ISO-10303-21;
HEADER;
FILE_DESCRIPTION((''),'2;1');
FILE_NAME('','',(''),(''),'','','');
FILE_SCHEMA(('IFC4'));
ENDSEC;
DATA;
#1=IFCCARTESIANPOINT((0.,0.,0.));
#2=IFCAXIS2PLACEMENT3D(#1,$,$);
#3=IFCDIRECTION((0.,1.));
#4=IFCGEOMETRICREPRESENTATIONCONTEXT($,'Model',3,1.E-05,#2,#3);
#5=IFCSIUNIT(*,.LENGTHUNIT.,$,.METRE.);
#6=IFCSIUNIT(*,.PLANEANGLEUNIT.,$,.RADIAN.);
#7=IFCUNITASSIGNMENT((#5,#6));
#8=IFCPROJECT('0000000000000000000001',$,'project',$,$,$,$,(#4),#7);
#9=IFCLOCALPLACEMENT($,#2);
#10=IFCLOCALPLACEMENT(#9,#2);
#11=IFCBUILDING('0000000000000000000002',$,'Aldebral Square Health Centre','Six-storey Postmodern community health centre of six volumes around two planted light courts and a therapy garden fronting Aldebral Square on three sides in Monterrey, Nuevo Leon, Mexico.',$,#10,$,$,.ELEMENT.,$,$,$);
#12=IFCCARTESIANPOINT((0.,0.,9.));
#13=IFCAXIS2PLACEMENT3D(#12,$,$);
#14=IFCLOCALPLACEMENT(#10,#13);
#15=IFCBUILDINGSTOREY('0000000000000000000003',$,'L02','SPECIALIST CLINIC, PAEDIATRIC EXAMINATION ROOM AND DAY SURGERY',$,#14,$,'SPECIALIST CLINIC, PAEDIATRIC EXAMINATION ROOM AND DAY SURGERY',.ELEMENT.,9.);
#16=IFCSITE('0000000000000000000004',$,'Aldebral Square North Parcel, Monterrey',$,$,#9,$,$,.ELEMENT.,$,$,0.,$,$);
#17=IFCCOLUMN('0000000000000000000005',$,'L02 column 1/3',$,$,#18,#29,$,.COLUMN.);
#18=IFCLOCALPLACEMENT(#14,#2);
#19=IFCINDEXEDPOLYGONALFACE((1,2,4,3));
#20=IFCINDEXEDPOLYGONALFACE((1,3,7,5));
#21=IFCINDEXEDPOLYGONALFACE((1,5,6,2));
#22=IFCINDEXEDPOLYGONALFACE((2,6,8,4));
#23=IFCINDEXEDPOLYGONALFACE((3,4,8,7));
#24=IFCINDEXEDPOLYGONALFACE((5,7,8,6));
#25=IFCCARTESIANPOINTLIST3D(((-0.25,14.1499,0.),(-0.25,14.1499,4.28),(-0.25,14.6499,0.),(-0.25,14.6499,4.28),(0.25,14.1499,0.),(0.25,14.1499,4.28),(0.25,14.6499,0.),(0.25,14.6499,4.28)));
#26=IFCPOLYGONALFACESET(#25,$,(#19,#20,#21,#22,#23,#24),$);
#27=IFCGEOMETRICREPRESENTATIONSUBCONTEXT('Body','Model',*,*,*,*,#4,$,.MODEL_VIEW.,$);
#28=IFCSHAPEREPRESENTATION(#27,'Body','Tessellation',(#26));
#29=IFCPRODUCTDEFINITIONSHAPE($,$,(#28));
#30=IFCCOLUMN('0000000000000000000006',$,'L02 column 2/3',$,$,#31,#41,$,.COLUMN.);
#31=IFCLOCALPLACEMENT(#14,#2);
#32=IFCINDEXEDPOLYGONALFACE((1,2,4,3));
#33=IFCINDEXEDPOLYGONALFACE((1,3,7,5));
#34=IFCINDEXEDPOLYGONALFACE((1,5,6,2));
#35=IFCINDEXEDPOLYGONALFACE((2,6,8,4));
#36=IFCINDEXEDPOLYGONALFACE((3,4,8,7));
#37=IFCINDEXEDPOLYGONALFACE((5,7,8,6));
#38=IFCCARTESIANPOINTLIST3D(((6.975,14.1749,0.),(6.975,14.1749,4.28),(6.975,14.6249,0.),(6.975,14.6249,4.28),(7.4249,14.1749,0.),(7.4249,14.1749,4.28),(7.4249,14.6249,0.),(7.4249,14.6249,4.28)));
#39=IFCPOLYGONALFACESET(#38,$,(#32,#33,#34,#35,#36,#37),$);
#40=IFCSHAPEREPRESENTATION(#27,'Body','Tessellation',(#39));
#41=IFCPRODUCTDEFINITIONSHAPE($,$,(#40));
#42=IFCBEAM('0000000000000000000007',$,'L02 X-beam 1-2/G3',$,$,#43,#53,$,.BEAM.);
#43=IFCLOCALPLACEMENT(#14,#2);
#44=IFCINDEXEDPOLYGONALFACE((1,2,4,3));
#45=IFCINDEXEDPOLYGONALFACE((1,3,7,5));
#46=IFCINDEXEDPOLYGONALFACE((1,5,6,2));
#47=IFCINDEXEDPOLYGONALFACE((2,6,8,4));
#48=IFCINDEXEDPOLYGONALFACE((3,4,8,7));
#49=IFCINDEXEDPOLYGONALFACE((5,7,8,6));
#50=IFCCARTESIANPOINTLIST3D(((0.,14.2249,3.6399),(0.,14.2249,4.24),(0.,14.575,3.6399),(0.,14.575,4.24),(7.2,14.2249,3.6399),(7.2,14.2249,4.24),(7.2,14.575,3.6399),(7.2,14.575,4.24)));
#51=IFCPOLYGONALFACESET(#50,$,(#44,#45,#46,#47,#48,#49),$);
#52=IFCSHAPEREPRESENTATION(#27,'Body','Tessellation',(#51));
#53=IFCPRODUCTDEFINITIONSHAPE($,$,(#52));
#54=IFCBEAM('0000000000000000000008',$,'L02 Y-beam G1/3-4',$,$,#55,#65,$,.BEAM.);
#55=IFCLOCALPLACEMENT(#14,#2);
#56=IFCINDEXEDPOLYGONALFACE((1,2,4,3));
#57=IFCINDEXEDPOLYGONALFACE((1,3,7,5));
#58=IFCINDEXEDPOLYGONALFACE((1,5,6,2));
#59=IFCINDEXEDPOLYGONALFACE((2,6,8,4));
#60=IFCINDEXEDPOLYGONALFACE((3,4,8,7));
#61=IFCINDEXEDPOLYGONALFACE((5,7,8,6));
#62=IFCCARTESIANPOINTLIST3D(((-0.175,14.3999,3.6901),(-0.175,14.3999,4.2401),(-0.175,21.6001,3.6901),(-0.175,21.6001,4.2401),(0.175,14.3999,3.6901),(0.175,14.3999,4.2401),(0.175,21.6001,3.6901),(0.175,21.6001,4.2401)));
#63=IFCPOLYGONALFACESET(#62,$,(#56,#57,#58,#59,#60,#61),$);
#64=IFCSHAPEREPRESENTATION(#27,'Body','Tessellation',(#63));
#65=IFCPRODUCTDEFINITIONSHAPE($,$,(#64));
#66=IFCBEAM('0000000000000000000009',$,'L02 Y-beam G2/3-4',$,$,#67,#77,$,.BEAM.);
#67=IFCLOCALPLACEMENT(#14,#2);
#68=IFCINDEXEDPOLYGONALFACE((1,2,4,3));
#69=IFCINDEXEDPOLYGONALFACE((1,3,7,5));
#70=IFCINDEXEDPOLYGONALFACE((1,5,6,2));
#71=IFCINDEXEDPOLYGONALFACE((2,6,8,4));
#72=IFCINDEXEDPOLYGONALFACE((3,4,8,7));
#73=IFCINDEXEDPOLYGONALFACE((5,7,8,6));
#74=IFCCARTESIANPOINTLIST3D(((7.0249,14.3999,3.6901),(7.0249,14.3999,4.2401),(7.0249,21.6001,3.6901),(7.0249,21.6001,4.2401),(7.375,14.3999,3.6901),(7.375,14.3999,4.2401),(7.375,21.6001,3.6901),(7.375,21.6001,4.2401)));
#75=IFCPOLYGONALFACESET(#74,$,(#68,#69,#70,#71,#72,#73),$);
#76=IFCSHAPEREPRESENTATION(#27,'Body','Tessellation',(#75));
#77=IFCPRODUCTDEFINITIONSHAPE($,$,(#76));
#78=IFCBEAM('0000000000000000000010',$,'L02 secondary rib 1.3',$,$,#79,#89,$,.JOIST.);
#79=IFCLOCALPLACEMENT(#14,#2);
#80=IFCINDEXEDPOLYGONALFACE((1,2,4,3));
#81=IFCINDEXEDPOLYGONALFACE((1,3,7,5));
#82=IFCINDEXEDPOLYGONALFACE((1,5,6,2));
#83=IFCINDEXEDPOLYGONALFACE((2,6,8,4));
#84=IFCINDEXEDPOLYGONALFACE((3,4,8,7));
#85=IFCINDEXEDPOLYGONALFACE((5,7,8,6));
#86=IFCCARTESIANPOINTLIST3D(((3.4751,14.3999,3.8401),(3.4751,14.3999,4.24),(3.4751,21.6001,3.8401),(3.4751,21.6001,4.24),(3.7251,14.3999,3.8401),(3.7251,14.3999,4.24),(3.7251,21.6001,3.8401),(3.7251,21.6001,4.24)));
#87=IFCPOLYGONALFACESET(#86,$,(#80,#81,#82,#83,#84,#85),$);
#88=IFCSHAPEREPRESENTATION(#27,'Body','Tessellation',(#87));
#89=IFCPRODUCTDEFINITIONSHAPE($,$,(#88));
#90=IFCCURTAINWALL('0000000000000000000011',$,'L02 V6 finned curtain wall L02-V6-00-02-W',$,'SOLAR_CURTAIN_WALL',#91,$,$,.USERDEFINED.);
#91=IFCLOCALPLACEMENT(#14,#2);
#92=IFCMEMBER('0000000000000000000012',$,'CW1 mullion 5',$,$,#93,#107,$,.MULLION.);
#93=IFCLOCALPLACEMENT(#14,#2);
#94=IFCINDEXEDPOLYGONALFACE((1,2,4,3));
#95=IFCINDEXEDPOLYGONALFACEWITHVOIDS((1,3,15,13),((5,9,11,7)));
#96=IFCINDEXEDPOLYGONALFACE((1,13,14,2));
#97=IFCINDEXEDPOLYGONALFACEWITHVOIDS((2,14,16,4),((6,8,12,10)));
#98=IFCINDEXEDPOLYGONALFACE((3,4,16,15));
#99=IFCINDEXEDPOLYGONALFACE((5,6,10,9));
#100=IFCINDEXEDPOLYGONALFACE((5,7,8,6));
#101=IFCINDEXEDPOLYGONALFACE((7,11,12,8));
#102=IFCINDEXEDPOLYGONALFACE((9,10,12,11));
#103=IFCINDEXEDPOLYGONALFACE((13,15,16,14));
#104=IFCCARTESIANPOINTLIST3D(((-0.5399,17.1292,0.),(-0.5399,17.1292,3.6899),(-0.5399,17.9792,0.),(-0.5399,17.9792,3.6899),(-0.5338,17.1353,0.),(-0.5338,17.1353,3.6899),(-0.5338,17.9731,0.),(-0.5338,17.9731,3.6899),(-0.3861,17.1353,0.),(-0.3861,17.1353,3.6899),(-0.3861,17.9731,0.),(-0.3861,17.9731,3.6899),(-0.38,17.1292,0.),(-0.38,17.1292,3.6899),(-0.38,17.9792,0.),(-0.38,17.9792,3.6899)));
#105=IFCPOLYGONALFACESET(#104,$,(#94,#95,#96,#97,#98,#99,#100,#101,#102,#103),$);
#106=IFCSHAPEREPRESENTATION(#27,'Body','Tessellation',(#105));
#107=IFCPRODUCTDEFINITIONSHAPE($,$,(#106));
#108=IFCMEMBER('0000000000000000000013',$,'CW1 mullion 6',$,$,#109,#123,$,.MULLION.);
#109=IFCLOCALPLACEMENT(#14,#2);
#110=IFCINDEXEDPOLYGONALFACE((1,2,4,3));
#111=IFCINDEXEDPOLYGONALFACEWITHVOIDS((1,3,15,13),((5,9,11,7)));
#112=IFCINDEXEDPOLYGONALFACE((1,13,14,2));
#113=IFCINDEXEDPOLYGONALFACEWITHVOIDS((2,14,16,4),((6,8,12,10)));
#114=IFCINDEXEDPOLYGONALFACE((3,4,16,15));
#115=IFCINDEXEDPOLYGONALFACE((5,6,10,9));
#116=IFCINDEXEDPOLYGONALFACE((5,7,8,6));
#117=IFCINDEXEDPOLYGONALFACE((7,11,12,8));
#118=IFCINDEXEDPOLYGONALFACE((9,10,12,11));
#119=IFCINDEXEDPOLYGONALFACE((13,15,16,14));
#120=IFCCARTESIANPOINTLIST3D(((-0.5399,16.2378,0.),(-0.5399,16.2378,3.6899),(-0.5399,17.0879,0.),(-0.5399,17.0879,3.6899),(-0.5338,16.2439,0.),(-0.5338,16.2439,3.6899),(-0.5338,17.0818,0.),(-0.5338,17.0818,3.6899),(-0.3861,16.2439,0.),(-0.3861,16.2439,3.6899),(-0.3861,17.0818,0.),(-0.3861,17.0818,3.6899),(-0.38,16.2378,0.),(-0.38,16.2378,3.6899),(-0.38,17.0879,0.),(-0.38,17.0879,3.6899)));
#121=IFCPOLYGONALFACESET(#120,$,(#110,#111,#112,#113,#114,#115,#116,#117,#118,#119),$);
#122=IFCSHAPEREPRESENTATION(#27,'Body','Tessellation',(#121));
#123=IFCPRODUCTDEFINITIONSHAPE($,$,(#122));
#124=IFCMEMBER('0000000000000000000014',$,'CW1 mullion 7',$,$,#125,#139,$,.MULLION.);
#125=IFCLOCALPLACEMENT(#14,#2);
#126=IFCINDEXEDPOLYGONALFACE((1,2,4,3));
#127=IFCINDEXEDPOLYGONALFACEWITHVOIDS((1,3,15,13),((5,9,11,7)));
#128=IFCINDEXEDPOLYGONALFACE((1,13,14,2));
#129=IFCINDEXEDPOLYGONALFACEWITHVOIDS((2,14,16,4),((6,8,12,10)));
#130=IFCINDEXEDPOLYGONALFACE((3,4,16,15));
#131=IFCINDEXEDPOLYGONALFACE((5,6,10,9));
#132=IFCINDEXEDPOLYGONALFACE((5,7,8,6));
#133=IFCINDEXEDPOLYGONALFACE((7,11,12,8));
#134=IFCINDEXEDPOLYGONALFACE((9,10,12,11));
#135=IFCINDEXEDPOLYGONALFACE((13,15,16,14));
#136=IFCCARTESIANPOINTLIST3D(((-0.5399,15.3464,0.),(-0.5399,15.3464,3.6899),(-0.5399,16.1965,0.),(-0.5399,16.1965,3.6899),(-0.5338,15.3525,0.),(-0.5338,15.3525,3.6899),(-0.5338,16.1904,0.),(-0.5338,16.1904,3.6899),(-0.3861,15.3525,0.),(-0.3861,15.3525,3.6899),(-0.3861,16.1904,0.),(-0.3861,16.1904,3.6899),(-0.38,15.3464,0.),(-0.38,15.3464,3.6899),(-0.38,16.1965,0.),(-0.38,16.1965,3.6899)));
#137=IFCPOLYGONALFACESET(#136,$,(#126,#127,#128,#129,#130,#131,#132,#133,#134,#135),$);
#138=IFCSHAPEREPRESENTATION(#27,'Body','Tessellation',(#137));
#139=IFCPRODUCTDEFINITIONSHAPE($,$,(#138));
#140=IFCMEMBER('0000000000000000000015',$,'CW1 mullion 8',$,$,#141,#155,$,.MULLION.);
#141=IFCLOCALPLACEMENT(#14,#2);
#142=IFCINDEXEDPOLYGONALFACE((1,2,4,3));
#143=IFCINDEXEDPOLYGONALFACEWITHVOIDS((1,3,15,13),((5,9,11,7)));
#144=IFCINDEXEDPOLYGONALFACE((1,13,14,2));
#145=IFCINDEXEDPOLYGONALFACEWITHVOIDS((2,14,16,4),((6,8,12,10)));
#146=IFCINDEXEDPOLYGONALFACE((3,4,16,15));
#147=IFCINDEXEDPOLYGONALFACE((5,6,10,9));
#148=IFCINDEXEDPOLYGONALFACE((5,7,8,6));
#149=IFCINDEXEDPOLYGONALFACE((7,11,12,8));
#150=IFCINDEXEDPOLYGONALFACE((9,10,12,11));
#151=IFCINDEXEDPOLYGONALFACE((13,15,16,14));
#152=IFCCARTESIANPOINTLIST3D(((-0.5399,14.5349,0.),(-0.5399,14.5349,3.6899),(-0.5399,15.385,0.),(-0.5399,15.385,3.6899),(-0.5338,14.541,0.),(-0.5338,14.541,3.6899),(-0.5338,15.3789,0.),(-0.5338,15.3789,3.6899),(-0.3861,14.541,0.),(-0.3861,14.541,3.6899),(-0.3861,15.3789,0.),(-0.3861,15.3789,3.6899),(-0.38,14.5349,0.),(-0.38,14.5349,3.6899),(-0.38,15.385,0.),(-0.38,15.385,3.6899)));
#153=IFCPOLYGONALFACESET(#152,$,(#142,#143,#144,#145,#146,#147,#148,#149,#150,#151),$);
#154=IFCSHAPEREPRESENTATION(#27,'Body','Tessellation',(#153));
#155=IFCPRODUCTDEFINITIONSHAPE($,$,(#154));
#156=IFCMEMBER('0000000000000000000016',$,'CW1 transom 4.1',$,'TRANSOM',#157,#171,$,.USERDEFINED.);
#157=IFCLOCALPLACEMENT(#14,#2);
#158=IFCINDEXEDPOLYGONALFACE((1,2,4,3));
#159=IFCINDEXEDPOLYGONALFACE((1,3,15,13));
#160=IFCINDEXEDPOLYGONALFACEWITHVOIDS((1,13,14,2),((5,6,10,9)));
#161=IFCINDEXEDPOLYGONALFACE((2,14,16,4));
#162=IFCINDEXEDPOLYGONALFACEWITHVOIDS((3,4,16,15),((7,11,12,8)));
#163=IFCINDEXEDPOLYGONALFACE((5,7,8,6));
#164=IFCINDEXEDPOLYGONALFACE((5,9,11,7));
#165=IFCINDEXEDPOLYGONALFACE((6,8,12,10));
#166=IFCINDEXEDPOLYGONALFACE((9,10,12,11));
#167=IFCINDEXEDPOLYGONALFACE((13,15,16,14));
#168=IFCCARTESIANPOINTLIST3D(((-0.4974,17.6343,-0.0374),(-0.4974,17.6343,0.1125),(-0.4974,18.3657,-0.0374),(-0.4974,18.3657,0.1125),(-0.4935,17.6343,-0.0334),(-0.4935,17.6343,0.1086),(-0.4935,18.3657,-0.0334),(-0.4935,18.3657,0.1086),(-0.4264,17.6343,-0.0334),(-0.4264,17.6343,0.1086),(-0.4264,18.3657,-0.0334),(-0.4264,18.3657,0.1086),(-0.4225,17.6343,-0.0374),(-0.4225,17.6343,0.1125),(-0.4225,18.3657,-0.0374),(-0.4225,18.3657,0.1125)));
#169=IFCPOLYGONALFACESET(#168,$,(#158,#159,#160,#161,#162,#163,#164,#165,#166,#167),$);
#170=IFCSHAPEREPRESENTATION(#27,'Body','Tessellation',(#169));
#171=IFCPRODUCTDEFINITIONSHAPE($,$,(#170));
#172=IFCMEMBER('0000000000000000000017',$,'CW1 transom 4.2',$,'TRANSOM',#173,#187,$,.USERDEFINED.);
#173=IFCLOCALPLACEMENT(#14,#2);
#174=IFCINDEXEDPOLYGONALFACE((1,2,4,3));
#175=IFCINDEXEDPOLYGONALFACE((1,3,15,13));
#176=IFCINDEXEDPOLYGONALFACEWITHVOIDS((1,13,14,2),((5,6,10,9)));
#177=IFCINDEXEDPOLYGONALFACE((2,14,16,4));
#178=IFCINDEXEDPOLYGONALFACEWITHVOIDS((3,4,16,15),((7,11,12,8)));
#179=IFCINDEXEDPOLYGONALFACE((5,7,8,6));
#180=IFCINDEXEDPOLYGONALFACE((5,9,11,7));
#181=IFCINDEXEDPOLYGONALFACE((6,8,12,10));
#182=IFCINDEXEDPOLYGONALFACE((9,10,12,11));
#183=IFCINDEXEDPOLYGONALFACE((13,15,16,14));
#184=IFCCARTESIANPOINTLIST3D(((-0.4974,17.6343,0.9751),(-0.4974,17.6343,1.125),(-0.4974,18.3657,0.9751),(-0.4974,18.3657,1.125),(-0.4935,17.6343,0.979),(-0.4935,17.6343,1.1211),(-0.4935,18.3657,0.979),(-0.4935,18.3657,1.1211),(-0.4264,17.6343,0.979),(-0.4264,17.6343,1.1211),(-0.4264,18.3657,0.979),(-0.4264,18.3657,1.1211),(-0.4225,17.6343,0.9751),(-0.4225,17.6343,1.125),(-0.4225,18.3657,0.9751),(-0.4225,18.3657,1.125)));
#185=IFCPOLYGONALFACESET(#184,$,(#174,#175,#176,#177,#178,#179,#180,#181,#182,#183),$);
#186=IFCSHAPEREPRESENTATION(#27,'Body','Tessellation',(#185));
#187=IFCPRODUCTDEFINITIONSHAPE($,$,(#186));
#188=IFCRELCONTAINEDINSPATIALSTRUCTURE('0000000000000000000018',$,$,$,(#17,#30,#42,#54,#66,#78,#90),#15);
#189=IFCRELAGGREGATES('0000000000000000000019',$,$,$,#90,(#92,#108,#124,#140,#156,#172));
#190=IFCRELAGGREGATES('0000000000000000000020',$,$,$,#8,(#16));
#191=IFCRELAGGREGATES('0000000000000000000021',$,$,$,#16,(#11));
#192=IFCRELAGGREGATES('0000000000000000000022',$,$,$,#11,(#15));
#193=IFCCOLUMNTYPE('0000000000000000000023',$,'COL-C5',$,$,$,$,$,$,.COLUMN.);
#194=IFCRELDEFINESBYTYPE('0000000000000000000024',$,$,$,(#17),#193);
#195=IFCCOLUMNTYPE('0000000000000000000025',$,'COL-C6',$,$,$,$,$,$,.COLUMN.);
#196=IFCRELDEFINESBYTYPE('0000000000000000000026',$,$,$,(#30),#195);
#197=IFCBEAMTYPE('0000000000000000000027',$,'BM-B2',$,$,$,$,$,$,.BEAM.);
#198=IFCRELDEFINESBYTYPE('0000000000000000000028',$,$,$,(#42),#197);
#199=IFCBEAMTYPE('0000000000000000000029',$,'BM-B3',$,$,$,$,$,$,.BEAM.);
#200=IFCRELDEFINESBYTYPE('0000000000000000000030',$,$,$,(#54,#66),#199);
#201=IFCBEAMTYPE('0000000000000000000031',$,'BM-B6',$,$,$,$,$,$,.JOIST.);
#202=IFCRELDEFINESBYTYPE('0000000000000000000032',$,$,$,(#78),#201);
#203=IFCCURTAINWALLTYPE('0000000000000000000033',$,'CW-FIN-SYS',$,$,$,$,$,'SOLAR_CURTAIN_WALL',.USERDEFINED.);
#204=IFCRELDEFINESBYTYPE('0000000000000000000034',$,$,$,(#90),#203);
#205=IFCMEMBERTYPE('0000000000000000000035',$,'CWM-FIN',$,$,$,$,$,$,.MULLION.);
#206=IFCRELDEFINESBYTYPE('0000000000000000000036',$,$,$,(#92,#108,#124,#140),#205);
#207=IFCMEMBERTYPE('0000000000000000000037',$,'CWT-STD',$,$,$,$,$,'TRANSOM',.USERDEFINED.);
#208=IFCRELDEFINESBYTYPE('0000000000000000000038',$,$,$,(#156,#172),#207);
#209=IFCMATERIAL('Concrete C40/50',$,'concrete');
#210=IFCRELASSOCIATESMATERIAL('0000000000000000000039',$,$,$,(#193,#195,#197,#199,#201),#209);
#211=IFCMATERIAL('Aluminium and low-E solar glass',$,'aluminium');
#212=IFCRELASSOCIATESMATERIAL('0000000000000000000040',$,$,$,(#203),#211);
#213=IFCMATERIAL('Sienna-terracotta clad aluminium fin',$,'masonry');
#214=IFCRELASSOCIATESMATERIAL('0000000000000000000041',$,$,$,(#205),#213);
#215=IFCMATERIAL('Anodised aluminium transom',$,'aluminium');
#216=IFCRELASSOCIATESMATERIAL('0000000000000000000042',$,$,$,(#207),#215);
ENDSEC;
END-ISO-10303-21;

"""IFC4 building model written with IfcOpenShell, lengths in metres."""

from ifc_helpers import new_model, si_unit, direction, frame, origin, origin_2d, place, context, subcontext, project, spatial, rectangle, hollow_rectangle, extrude, material, material_profile, profile_set, type_object, element, aggregate, save


model = new_model("IFC4")

# Units and contexts
model_context = context("Model", 3, precision=1e-05, world=origin(), true_north=direction((0.0, 1.0)))
body_context = subcontext(model_context, "Body", "Model", "MODEL_VIEW")
ifc_project = project(units=[si_unit("LENGTHUNIT", "METRE"), si_unit("PLANEANGLEUNIT", "RADIAN")], contexts=[model_context])

# Site, building, storey
site_placement = place(None, origin())
site = spatial("IfcSite", under=ifc_project, at=site_placement, Name="Aldebral Square North Parcel, Monterrey", CompositionType="ELEMENT", RefElevation=0.0)
building_placement = place(site_placement, origin())
building = spatial("IfcBuilding", under=site, at=building_placement, Name="Aldebral Square Health Centre", Description="Six-storey Postmodern community health centre of six volumes around two planted light courts and a therapy garden fronting Aldebral Square on three sides in Monterrey, Nuevo Leon, Mexico.", CompositionType="ELEMENT")
storey_placement = place(building_placement, frame((0.0, 0.0, 9.0)))
storey = spatial("IfcBuildingStorey", under=building, at=storey_placement, Name="L02", Description="SPECIALIST CLINIC, PAEDIATRIC EXAMINATION ROOM AND DAY SURGERY", LongName="SPECIALIST CLINIC, PAEDIATRIC EXAMINATION ROOM AND DAY SURGERY", CompositionType="ELEMENT", Elevation=9.0)

# Columns
ifc_material_1 = material(Name="Concrete C40/50", Category="concrete")
ifc_material_profile_1 = material_profile(ifc_material_1, rectangle(XDim=0.5, YDim=0.5, at=origin_2d()), Name="RC 500x500")
ifc_profile_set_1 = profile_set([ifc_material_profile_1], Name="Concrete C40/50")
column_type_1 = type_object("IfcColumnType", Name="COL-C5", PredefinedType="COLUMN", material=ifc_profile_set_1)
column_1_placement = place(storey_placement, frame((0.0, 14.3999, 0.0), z_axis=(0.0, 0.0, 1.0), x_axis=(1.0, 0.0, 0.0)))
element("IfcColumn", 1, at=column_1_placement, inside=storey, type_object=column_type_1, Name="L02 column 1/3", PredefinedType="COLUMN", context=body_context, shape_type="SweptSolid", body=[
    extrude(rectangle(XDim=0.5, YDim=0.5, at=origin_2d()), origin(), (0.0, 0.0, 1.0), 4.28),
])
ifc_material_profile_2 = material_profile(ifc_material_1, rectangle(XDim=0.45, YDim=0.45, at=origin_2d()), Name="RC 450x450")
ifc_profile_set_2 = profile_set([ifc_material_profile_2], Name="Concrete C40/50")
column_type_2 = type_object("IfcColumnType", Name="COL-C6", PredefinedType="COLUMN", material=ifc_profile_set_2)
column_2_placement = place(storey_placement, frame((7.2, 14.3999, 0.0), z_axis=(0.0, 0.0, 1.0), x_axis=(1.0, 0.0, 0.0)))
element("IfcColumn", 2, at=column_2_placement, inside=storey, type_object=column_type_2, Name="L02 column 2/3", PredefinedType="COLUMN", context=body_context, shape_type="SweptSolid", body=[
    extrude(rectangle(XDim=0.45, YDim=0.45, at=origin_2d()), origin(), (0.0, 0.0, 1.0), 4.28),
])

# Beams
ifc_material_profile_3 = material_profile(ifc_material_1, rectangle(XDim=0.3501, YDim=0.6001, at=origin_2d()), Name="RC 350x600")
ifc_profile_set_3 = profile_set([ifc_material_profile_3], Name="Concrete C40/50")
beam_type_1 = type_object("IfcBeamType", Name="BM-B2", PredefinedType="BEAM", material=ifc_profile_set_3)
beam_1_placement = place(storey_placement, frame((0.0, 14.3999, 3.9399), z_axis=(1.0, 0.0, 0.0), x_axis=(0.0, 1.0, 0.0)))
element("IfcBeam", 3, at=beam_1_placement, inside=storey, type_object=beam_type_1, Name="L02 X-beam 1-2/G3", PredefinedType="BEAM", context=body_context, shape_type="SweptSolid", body=[
    extrude(rectangle(XDim=0.3501, YDim=0.6001, at=origin_2d()), origin(), (0.0, 0.0, 1.0), 7.2),
])
ifc_material_profile_4 = material_profile(ifc_material_1, rectangle(XDim=0.3501, YDim=0.55, at=origin_2d()), Name="RC 350x550")
ifc_profile_set_4 = profile_set([ifc_material_profile_4], Name="Concrete C40/50")
beam_type_2 = type_object("IfcBeamType", Name="BM-B3", PredefinedType="BEAM", material=ifc_profile_set_4)
for number, where, z_axis, x_axis, name in (
    (4, (0.0, 14.3999, 3.9651), (0.0, 1.0, 0.0), (-1.0, 0.0, 0.0), "L02 Y-beam G1/3-4"),
    (5, (7.2, 14.3999, 3.9651), (0.0, 1.0, 0.0), (-1.0, 0.0, 0.0), "L02 Y-beam G2/3-4"),
):
    element("IfcBeam", number, at=place(storey_placement, frame(where, z_axis=z_axis, x_axis=x_axis)), inside=storey, type_object=beam_type_2, Name=name, PredefinedType="BEAM", context=body_context, shape_type="SweptSolid", body=[
        extrude(rectangle(XDim=0.3501, YDim=0.55, at=origin_2d()), origin(), (0.0, 0.0, 1.0), 7.2002),
    ])
ifc_material_profile_5 = material_profile(ifc_material_1, rectangle(XDim=0.25, YDim=0.3999, at=origin_2d()), Name="RC 250x400")
ifc_profile_set_5 = profile_set([ifc_material_profile_5], Name="Concrete C40/50")
beam_type_3 = type_object("IfcBeamType", Name="BM-B6", PredefinedType="JOIST", material=ifc_profile_set_5)
beam_2_placement = place(storey_placement, frame((3.6001, 14.3999, 4.04), z_axis=(0.0, 1.0, 0.0), x_axis=(-1.0, 0.0, 0.0)))
element("IfcBeam", 6, at=beam_2_placement, inside=storey, type_object=beam_type_3, Name="L02 secondary rib 1.3", PredefinedType="JOIST", context=body_context, shape_type="SweptSolid", body=[
    extrude(rectangle(XDim=0.25, YDim=0.3999, at=origin_2d()), origin(), (0.0, 0.0, 1.0), 7.2002),
])

# Curtain wall, members
ifc_material_2 = material(Name="Aluminium and low-E solar glass", Category="aluminium")
curtain_wall_type = type_object("IfcCurtainWallType", Name="CW-FIN-SYS", ElementType="SOLAR_CURTAIN_WALL", PredefinedType="USERDEFINED", material=ifc_material_2)
curtain_wall_placement = place(storey_placement, origin())
curtain_wall = element("IfcCurtainWall", 7, at=curtain_wall_placement, inside=storey, type_object=curtain_wall_type, Name="L02 V6 finned curtain wall L02-V6-00-02-W", ObjectType="SOLAR_CURTAIN_WALL", PredefinedType="USERDEFINED")
ifc_material_3 = material(Name="Sienna-terracotta clad aluminium fin", Category="masonry")
ifc_material_profile_6 = material_profile(ifc_material_3, hollow_rectangle(XDim=0.1599, YDim=0.8501, WallThickness=0.0061, at=origin_2d()), Name="FIN 160x850x6")
ifc_profile_set_6 = profile_set([ifc_material_profile_6], Name="Sienna-terracotta clad aluminium fin")
member_type_1 = type_object("IfcMemberType", Name="CWM-FIN", PredefinedType="MULLION", material=ifc_profile_set_6)
member_1_placement = place(storey_placement, frame((-0.46, 17.5542, 0.0), z_axis=(0.0, 0.0, 1.0), x_axis=(1.0, 0.0, 0.0)))
member_1 = element("IfcMember", 8, at=member_1_placement, type_object=member_type_1, Name="CW1 mullion 5", PredefinedType="MULLION", context=body_context, shape_type="SweptSolid", body=[
    extrude(hollow_rectangle(XDim=0.1599, YDim=0.8501, WallThickness=0.0061, at=origin_2d()), origin(), (0.0, 0.0, 1.0), 3.6899),
])
member_2_placement = place(storey_placement, frame((-0.46, 16.6628, 0.0), z_axis=(0.0, 0.0, 1.0), x_axis=(1.0, 0.0, 0.0)))
member_2 = element("IfcMember", 9, at=member_2_placement, type_object=member_type_1, Name="CW1 mullion 6", PredefinedType="MULLION", context=body_context, shape_type="SweptSolid", body=[
    extrude(hollow_rectangle(XDim=0.1599, YDim=0.8501, WallThickness=0.0061, at=origin_2d()), origin(), (0.0, 0.0, 1.0), 3.6899),
])
member_3_placement = place(storey_placement, frame((-0.46, 15.7715, 0.0), z_axis=(0.0, 0.0, 1.0), x_axis=(1.0, 0.0, 0.0)))
member_3 = element("IfcMember", 10, at=member_3_placement, type_object=member_type_1, Name="CW1 mullion 7", PredefinedType="MULLION", context=body_context, shape_type="SweptSolid", body=[
    extrude(hollow_rectangle(XDim=0.1599, YDim=0.8501, WallThickness=0.0061, at=origin_2d()), origin(), (0.0, 0.0, 1.0), 3.6899),
])
member_4_placement = place(storey_placement, frame((-0.46, 14.96, 0.0), z_axis=(0.0, 0.0, 1.0), x_axis=(1.0, 0.0, 0.0)))
member_4 = element("IfcMember", 11, at=member_4_placement, type_object=member_type_1, Name="CW1 mullion 8", PredefinedType="MULLION", context=body_context, shape_type="SweptSolid", body=[
    extrude(hollow_rectangle(XDim=0.1599, YDim=0.8501, WallThickness=0.0061, at=origin_2d()), origin(), (0.0, 0.0, 1.0), 3.6899),
])
ifc_material_4 = material(Name="Anodised aluminium transom", Category="aluminium")
ifc_material_profile_7 = material_profile(ifc_material_4, hollow_rectangle(XDim=0.075, YDim=0.1499, WallThickness=0.0039, at=origin_2d()), Name="CWT 75x150x4")
ifc_profile_set_7 = profile_set([ifc_material_profile_7], Name="Anodised aluminium transom")
member_type_2 = type_object("IfcMemberType", Name="CWT-STD", ElementType="TRANSOM", PredefinedType="USERDEFINED", material=ifc_profile_set_7)
member_5_placement = place(storey_placement, frame((-0.46, 18.3657, 0.0376), z_axis=(0.0, -1.0, 0.0), x_axis=(1.0, 0.0, 0.0)))
member_5 = element("IfcMember", 12, at=member_5_placement, type_object=member_type_2, Name="CW1 transom 4.1", ObjectType="TRANSOM", PredefinedType="USERDEFINED", context=body_context, shape_type="SweptSolid", body=[
    extrude(hollow_rectangle(XDim=0.075, YDim=0.1499, WallThickness=0.0039, at=origin_2d()), origin(), (0.0, 0.0, 1.0), 0.7314),
])
member_6_placement = place(storey_placement, frame((-0.46, 18.3657, 1.05), z_axis=(0.0, -1.0, 0.0), x_axis=(1.0, 0.0, 0.0)))
member_6 = element("IfcMember", 13, at=member_6_placement, type_object=member_type_2, Name="CW1 transom 4.2", ObjectType="TRANSOM", PredefinedType="USERDEFINED", context=body_context, shape_type="SweptSolid", body=[
    extrude(hollow_rectangle(XDim=0.075, YDim=0.1499, WallThickness=0.0039, at=origin_2d()), origin(), (0.0, 0.0, 1.0), 0.7314),
])
aggregate(curtain_wall, [member_1, member_2, member_3, member_4, member_5, member_6])

save(model, "model.ifc")
